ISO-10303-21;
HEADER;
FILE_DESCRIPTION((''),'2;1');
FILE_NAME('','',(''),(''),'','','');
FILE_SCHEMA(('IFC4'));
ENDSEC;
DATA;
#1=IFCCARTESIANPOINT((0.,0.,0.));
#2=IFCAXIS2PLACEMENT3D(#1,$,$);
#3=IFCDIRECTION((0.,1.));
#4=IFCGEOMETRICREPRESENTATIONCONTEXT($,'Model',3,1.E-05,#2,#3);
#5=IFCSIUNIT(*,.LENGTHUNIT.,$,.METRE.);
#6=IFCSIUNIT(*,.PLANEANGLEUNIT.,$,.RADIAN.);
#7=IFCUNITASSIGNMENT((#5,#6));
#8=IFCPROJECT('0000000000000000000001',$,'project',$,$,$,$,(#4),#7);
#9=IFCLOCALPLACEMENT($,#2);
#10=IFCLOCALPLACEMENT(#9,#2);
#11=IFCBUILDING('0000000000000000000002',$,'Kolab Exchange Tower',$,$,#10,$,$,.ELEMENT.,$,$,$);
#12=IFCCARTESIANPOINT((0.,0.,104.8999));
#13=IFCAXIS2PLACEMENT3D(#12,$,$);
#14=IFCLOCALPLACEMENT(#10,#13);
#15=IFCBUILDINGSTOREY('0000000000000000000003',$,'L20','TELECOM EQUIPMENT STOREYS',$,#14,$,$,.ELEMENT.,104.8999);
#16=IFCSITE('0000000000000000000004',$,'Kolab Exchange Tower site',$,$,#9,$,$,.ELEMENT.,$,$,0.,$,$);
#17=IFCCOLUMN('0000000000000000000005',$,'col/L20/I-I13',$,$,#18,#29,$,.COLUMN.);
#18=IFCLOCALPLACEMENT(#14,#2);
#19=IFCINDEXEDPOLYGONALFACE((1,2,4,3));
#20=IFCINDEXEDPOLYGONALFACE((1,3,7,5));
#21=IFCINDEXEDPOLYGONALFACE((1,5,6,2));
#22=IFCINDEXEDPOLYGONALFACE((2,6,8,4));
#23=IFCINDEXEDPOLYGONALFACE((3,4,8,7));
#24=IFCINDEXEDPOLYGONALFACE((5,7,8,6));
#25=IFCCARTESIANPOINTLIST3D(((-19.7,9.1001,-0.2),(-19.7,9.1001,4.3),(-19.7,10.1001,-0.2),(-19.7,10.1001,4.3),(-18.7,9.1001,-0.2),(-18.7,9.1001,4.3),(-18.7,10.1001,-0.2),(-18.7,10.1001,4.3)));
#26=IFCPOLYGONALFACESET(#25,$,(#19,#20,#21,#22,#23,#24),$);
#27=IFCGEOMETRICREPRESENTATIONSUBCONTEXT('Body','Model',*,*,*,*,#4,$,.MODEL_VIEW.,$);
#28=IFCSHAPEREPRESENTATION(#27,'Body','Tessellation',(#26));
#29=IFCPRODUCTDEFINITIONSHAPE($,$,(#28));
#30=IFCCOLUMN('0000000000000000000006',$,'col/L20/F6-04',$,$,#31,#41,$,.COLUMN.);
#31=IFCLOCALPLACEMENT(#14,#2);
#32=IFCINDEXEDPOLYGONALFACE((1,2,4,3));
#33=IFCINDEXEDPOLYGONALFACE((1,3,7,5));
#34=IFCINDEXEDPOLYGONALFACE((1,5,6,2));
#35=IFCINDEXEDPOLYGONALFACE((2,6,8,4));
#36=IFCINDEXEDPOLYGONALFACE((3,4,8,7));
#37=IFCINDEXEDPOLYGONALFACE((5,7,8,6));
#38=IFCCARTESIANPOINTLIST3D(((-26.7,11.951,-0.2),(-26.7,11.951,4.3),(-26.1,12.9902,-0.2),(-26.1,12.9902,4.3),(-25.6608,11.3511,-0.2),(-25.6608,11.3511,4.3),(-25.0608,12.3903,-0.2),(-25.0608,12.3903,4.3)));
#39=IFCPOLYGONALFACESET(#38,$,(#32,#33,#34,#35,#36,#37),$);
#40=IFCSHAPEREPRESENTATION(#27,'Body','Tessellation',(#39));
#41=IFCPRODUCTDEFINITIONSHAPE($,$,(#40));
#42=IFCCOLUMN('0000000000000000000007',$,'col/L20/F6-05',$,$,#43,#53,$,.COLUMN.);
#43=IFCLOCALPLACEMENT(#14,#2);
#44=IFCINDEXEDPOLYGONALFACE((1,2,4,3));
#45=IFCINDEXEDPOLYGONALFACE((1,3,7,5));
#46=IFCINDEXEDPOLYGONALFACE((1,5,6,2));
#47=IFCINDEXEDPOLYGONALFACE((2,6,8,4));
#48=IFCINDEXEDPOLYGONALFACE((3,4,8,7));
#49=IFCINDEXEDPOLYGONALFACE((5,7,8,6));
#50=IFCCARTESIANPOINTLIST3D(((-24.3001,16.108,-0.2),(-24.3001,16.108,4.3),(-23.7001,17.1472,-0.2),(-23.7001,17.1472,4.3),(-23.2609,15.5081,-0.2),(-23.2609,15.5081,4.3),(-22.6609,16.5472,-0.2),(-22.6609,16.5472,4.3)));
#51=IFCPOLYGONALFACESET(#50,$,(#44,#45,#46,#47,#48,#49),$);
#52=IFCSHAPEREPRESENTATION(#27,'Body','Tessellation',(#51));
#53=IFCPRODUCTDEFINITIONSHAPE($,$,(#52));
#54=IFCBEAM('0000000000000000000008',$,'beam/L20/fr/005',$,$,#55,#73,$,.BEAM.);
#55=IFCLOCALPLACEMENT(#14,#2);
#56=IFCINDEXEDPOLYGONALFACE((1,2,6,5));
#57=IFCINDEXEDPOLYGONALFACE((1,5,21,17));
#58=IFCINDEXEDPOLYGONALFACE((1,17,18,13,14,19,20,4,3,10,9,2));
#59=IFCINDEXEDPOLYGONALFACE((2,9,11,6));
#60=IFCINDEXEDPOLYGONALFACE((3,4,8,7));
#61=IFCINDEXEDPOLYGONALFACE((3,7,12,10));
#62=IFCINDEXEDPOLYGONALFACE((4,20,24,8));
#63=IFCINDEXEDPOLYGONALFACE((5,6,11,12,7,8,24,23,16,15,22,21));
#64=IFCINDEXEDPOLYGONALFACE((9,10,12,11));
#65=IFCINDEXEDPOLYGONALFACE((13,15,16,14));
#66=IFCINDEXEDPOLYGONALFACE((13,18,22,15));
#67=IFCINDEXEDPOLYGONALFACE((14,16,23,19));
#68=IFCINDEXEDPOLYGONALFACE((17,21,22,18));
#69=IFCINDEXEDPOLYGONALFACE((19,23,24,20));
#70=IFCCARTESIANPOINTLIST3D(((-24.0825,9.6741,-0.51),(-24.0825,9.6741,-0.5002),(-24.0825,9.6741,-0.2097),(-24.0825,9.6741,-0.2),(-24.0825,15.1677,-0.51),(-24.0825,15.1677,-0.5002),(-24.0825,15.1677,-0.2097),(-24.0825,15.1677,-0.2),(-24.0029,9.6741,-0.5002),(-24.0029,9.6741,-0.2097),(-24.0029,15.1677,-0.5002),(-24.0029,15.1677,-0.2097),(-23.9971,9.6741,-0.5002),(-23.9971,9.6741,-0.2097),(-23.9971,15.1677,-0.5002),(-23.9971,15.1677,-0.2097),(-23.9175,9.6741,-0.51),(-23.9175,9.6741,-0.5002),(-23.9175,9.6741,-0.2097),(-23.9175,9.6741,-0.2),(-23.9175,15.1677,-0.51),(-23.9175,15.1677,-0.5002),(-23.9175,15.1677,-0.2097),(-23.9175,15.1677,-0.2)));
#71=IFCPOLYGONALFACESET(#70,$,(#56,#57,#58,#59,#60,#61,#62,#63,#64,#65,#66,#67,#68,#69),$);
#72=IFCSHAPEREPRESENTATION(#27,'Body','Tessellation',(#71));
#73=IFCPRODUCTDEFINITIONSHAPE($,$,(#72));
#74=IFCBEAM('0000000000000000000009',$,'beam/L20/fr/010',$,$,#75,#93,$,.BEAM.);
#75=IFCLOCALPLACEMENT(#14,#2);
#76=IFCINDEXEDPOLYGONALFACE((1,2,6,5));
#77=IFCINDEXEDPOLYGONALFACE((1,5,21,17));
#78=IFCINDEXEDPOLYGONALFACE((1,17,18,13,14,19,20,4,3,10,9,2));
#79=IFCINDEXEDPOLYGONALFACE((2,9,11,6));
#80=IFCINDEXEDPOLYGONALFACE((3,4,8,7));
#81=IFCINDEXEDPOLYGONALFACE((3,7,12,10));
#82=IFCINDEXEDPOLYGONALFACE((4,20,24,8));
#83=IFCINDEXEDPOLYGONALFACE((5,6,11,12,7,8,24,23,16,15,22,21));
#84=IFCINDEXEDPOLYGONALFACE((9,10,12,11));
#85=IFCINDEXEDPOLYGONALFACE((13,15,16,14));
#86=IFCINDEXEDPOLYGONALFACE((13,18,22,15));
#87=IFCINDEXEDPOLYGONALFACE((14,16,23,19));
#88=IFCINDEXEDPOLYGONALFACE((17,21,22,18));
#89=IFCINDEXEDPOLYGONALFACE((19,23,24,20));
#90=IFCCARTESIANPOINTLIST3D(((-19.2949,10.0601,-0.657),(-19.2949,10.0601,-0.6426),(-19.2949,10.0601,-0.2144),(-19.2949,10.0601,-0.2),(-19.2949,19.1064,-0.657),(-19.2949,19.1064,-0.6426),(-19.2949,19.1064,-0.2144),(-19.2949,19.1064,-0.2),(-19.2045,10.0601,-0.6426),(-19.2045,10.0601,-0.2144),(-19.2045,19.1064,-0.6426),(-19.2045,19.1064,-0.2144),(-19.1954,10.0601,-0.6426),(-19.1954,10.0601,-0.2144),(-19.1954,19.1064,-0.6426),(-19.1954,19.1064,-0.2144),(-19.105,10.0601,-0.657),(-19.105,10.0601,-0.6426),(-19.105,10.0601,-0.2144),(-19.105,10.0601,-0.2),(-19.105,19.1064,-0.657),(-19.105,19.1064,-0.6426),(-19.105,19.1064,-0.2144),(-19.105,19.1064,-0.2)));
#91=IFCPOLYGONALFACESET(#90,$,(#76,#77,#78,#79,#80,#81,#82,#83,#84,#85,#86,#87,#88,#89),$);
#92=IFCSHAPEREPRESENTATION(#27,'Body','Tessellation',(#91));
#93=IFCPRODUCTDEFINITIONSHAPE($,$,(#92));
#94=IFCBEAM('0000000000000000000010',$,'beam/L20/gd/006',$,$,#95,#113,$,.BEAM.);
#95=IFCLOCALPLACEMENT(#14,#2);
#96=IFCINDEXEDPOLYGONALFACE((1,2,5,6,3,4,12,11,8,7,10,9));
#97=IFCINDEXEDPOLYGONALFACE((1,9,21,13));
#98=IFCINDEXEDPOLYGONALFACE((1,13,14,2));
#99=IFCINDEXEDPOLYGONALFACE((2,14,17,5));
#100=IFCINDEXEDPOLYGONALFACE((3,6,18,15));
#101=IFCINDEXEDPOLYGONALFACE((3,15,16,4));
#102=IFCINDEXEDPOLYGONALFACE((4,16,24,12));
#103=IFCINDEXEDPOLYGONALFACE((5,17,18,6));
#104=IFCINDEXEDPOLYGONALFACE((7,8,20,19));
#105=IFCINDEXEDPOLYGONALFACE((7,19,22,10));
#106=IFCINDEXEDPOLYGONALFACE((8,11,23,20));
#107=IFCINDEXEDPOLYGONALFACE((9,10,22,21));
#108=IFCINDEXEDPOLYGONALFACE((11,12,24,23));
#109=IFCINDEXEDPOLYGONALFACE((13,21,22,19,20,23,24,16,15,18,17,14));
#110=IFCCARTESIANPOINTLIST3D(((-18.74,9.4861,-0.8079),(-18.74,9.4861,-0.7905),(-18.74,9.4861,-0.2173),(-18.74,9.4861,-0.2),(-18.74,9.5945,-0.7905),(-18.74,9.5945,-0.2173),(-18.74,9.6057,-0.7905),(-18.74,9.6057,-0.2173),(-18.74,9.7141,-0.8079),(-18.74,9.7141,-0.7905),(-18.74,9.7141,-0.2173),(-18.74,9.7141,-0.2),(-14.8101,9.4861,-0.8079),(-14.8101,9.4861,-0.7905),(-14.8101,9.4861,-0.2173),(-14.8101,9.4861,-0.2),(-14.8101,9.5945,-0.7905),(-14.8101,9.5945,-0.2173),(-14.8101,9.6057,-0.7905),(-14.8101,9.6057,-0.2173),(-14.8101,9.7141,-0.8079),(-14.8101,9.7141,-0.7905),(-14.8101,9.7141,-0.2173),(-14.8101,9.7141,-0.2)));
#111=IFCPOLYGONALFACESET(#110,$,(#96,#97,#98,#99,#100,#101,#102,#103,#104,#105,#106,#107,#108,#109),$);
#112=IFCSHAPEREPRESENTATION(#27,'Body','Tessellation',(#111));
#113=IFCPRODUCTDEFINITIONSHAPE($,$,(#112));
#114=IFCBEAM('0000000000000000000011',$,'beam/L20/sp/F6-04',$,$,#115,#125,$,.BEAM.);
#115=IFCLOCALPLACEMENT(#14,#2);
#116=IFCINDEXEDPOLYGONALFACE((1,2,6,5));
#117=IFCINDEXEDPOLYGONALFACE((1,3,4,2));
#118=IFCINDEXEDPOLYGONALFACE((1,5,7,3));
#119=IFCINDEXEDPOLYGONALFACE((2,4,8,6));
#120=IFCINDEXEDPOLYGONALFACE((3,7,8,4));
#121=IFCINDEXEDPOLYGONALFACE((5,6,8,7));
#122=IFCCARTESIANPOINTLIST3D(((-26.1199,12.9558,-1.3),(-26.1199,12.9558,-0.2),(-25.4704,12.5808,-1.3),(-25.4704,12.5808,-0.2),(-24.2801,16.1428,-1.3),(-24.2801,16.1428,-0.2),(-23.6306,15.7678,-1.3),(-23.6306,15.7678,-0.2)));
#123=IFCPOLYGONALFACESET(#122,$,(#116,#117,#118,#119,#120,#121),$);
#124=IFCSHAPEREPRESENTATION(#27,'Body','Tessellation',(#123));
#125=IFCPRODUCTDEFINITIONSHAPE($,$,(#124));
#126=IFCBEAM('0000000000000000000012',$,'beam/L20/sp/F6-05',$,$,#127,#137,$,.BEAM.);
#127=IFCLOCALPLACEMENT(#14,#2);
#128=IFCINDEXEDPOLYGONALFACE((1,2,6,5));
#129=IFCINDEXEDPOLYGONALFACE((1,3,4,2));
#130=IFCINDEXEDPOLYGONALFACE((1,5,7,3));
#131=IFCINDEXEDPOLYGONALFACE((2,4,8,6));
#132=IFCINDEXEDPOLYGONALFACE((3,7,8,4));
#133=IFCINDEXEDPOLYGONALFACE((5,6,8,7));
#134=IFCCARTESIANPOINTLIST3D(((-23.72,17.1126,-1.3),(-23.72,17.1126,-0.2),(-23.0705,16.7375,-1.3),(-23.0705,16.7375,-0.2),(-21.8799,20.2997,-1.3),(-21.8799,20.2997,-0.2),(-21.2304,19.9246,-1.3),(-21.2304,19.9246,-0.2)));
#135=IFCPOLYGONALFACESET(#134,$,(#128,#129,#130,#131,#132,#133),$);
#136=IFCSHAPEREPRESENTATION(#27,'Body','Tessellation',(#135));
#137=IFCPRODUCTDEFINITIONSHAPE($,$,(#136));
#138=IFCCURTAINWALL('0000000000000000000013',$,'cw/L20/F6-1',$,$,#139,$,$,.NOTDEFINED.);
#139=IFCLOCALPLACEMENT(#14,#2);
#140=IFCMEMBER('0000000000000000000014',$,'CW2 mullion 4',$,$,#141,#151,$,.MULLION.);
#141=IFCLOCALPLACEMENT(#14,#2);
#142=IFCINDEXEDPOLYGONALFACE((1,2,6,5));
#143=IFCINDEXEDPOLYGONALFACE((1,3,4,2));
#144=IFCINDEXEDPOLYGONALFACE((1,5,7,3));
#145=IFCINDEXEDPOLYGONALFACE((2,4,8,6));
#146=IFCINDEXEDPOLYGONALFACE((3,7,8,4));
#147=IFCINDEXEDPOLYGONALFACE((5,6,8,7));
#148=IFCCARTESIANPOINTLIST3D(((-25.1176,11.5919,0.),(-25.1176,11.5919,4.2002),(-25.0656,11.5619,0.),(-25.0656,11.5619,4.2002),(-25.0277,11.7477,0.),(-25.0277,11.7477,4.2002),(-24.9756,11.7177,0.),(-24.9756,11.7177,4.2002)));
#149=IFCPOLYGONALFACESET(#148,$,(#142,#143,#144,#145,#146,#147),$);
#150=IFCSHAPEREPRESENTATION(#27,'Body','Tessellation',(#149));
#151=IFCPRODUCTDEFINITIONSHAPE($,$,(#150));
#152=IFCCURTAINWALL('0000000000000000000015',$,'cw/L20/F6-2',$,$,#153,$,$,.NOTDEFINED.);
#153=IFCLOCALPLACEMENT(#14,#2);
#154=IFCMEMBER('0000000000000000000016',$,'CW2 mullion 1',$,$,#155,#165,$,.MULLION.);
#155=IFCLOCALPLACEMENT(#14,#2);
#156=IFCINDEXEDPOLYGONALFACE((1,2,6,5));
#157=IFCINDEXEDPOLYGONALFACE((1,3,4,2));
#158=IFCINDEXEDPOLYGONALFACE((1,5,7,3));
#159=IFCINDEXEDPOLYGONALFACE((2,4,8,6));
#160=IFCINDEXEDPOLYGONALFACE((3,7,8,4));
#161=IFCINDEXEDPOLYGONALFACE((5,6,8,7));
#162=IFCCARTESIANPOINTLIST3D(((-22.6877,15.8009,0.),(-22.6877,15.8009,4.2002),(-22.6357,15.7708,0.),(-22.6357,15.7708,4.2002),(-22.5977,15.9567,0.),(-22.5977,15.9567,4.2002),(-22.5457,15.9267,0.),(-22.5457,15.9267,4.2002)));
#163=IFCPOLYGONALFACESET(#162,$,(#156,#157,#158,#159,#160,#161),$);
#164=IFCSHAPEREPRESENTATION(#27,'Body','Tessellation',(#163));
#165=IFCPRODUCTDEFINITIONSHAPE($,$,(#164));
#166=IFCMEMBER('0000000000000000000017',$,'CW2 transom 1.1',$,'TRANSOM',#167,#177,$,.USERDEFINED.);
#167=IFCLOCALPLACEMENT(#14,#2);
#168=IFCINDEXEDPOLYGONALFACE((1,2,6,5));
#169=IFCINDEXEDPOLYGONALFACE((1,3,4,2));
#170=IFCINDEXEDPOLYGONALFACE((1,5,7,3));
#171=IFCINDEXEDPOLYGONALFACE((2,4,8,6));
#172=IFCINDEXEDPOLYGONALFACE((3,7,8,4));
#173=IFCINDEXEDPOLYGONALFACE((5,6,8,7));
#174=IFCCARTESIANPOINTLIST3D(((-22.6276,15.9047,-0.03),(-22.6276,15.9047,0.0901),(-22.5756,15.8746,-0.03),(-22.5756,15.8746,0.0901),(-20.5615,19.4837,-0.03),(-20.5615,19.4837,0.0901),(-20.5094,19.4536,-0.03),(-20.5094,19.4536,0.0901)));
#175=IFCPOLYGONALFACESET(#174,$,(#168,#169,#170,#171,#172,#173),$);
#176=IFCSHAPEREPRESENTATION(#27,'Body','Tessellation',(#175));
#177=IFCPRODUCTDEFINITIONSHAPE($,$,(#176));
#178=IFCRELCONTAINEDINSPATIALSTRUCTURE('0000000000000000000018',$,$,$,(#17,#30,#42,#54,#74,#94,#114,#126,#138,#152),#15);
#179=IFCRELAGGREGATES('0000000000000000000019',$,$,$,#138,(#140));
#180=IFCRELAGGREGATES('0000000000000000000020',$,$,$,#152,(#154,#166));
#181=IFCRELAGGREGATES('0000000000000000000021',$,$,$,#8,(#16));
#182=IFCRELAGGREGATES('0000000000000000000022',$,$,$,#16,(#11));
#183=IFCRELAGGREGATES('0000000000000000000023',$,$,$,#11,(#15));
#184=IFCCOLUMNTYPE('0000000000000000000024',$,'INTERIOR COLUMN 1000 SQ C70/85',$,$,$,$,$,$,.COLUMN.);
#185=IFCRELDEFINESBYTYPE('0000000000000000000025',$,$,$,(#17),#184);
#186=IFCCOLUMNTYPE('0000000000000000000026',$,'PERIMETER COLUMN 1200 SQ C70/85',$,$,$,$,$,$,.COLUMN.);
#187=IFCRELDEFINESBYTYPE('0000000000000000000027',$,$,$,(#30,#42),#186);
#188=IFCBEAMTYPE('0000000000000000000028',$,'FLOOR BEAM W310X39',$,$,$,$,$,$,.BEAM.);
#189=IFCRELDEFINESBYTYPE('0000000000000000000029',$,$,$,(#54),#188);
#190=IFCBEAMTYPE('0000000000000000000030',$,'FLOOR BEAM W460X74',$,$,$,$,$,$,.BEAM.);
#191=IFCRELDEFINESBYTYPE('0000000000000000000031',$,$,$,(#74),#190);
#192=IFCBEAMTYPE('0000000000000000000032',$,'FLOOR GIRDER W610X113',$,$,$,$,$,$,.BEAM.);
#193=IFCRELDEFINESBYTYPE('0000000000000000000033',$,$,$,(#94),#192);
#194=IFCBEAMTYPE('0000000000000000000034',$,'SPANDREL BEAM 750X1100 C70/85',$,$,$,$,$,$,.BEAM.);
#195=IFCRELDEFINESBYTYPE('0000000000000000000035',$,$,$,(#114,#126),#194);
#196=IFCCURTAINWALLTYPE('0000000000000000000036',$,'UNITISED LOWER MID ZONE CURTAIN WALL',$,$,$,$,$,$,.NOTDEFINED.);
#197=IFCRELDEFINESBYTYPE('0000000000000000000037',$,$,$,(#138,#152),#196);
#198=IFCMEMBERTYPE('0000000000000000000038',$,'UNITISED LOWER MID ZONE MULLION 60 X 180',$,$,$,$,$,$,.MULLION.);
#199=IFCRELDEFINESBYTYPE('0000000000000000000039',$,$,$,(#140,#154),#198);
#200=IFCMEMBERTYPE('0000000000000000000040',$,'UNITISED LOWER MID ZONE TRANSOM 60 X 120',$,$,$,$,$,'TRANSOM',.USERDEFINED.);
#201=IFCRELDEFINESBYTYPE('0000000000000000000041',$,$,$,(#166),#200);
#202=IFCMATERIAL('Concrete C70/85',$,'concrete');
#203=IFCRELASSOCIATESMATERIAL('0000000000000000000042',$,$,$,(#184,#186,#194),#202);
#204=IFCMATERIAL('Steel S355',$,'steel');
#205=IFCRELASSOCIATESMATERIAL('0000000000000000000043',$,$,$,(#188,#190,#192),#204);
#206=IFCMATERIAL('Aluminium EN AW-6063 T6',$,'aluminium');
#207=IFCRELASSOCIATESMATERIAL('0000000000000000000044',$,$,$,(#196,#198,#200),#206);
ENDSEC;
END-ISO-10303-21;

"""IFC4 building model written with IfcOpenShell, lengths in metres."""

from ifc_helpers import new_model, si_unit, direction, frame, origin, origin_2d, place, context, subcontext, project, spatial, rectangle, i_section, extrude, material, material_profile, profile_set, type_object, element, aggregate, save


model = new_model("IFC4")

# Units and contexts
model_context = context("Model", 3, precision=1e-05, world=origin(), true_north=direction((0.0, 1.0)))
body_context = subcontext(model_context, "Body", "Model", "MODEL_VIEW")
ifc_project = project(units=[si_unit("LENGTHUNIT", "METRE"), si_unit("PLANEANGLEUNIT", "RADIAN")], contexts=[model_context])

# Site, building, storey
site_placement = place(None, origin())
site = spatial("IfcSite", under=ifc_project, at=site_placement, Name="Kolab Exchange Tower site", CompositionType="ELEMENT", RefElevation=0.0)
building_placement = place(site_placement, origin())
building = spatial("IfcBuilding", under=site, at=building_placement, Name="Kolab Exchange Tower", CompositionType="ELEMENT")
storey_placement = place(building_placement, frame((0.0, 0.0, 104.8999)))
storey = spatial("IfcBuildingStorey", under=building, at=storey_placement, Name="L20", Description="TELECOM EQUIPMENT STOREYS", CompositionType="ELEMENT", Elevation=104.8999)

# Columns
ifc_material_1 = material(Name="Concrete C70/85", Category="concrete")
ifc_material_profile_1 = material_profile(ifc_material_1, rectangle(XDim=1.0, YDim=1.0, at=origin_2d()), Name="RC1000")
ifc_profile_set_1 = profile_set([ifc_material_profile_1], Name="Concrete C70/85")
column_type_1 = type_object("IfcColumnType", Name="INTERIOR COLUMN 1000 SQ C70/85", PredefinedType="COLUMN", material=ifc_profile_set_1)
column_placement = place(storey_placement, frame((-19.2, 9.6001, -0.2), z_axis=(0.0, 0.0, 1.0), x_axis=(1.0, 0.0, 0.0)))
element("IfcColumn", 1, at=column_placement, inside=storey, type_object=column_type_1, Name="col/L20/I-I13", PredefinedType="COLUMN", context=body_context, shape_type="SweptSolid", body=[
    extrude(rectangle(XDim=1.0, YDim=1.0, at=origin_2d()), origin(), (0.0, 0.0, 1.0), 4.5),
])
ifc_material_profile_2 = material_profile(ifc_material_1, rectangle(XDim=1.2, YDim=1.2, at=origin_2d()), Name="RC1200")
ifc_profile_set_2 = profile_set([ifc_material_profile_2], Name="Concrete C70/85")
column_type_2 = type_object("IfcColumnType", Name="PERIMETER COLUMN 1200 SQ C70/85", PredefinedType="COLUMN", material=ifc_profile_set_2)
for number, where, z_axis, x_axis, name in (
    (2, (-25.8804, 12.1707, -0.2), (0.0, 0.0, 1.0), (0.5, 0.866025, 0.0), "col/L20/F6-04"),
    (3, (-23.4805, 16.3276, -0.2), (0.0, 0.0, 1.0), (0.5, 0.866025, 0.0), "col/L20/F6-05"),
):
    element("IfcColumn", number, at=place(storey_placement, frame(where, z_axis=z_axis, x_axis=x_axis)), inside=storey, type_object=column_type_2, Name=name, PredefinedType="COLUMN", context=body_context, shape_type="SweptSolid", body=[
        extrude(rectangle(XDim=1.2, YDim=1.2, at=origin_2d()), origin(), (0.0, 0.0, 1.0), 4.5),
    ])

# Beams
ifc_material_2 = material(Name="Steel S355", Category="steel")
ifc_material_profile_3 = material_profile(ifc_material_2, i_section(OverallWidth=0.165, OverallDepth=0.3101, WebThickness=0.0059, FlangeThickness=0.0098, at=origin_2d()), Name="W310X39")
ifc_profile_set_3 = profile_set([ifc_material_profile_3], Name="Steel S355")
beam_type_1 = type_object("IfcBeamType", Name="FLOOR BEAM W310X39", PredefinedType="BEAM", material=ifc_profile_set_3)
beam_1_placement = place(storey_placement, frame((-24.0, 9.6741, -0.355), z_axis=(0.0, 1.0, 0.0), x_axis=(-1.0, 0.0, 0.0)))
element("IfcBeam", 4, at=beam_1_placement, inside=storey, type_object=beam_type_1, Name="beam/L20/fr/005", PredefinedType="BEAM", context=body_context, shape_type="SweptSolid", body=[
    extrude(i_section(OverallWidth=0.165, OverallDepth=0.3101, WebThickness=0.0059, FlangeThickness=0.0098, at=origin_2d()), origin(), (0.0, 0.0, 1.0), 5.4937),
])
ifc_material_profile_4 = material_profile(ifc_material_2, i_section(OverallWidth=0.1899, OverallDepth=0.457, WebThickness=0.009, FlangeThickness=0.0144, at=origin_2d()), Name="W460X74")
ifc_profile_set_4 = profile_set([ifc_material_profile_4], Name="Steel S355")
beam_type_2 = type_object("IfcBeamType", Name="FLOOR BEAM W460X74", PredefinedType="BEAM", material=ifc_profile_set_4)
beam_2_placement = place(storey_placement, frame((-19.2, 10.0601, -0.4285), z_axis=(0.0, 1.0, 0.0), x_axis=(-1.0, 0.0, 0.0)))
element("IfcBeam", 5, at=beam_2_placement, inside=storey, type_object=beam_type_2, Name="beam/L20/fr/010", PredefinedType="BEAM", context=body_context, shape_type="SweptSolid", body=[
    extrude(i_section(OverallWidth=0.1899, OverallDepth=0.457, WebThickness=0.009, FlangeThickness=0.0144, at=origin_2d()), origin(), (0.0, 0.0, 1.0), 9.0464),
])
ifc_material_profile_5 = material_profile(ifc_material_2, i_section(OverallWidth=0.228, OverallDepth=0.6079, WebThickness=0.0112, FlangeThickness=0.0173, at=origin_2d()), Name="W610X113")
ifc_profile_set_5 = profile_set([ifc_material_profile_5], Name="Steel S355")
beam_type_3 = type_object("IfcBeamType", Name="FLOOR GIRDER W610X113", PredefinedType="BEAM", material=ifc_profile_set_5)
beam_3_placement = place(storey_placement, frame((-18.74, 9.6001, -0.5039), z_axis=(1.0, 0.0, 0.0), x_axis=(0.0, 1.0, 0.0)))
element("IfcBeam", 6, at=beam_3_placement, inside=storey, type_object=beam_type_3, Name="beam/L20/gd/006", PredefinedType="BEAM", context=body_context, shape_type="SweptSolid", body=[
    extrude(i_section(OverallWidth=0.228, OverallDepth=0.6079, WebThickness=0.0112, FlangeThickness=0.0173, at=origin_2d()), origin(), (0.0, 0.0, 1.0), 3.9299),
])
ifc_material_profile_6 = material_profile(ifc_material_1, rectangle(XDim=0.75, YDim=1.1001, at=origin_2d()), Name="RC750X1100")
ifc_profile_set_6 = profile_set([ifc_material_profile_6], Name="Concrete C70/85")
beam_type_4 = type_object("IfcBeamType", Name="SPANDREL BEAM 750X1100 C70/85", PredefinedType="BEAM", material=ifc_profile_set_6)
beam_4_placement = place(storey_placement, frame((-25.7952, 12.7683, -0.75), z_axis=(0.499964, 0.866046, 0.0), x_axis=(-0.866046, 0.499964, 0.0)))
element("IfcBeam", 7, at=beam_4_placement, inside=storey, type_object=beam_type_4, Name="beam/L20/sp/F6-04", PredefinedType="BEAM", context=body_context, shape_type="SweptSolid", body=[
    extrude(rectangle(XDim=0.75, YDim=1.1001, at=origin_2d()), origin(), (0.0, 0.0, 1.0), 3.6799),
])
beam_5_placement = place(storey_placement, frame((-23.3953, 16.925, -0.75), z_axis=(0.500013, 0.866018, 0.0), x_axis=(-0.866018, 0.500013, 0.0)))
element("IfcBeam", 8, at=beam_5_placement, inside=storey, type_object=beam_type_4, Name="beam/L20/sp/F6-05", PredefinedType="BEAM", context=body_context, shape_type="SweptSolid", body=[
    extrude(rectangle(XDim=0.75, YDim=1.1001, at=origin_2d()), origin(), (0.0, 0.0, 1.0), 3.6802),
])

# Curtain wall, member
ifc_material_3 = material(Name="Aluminium EN AW-6063 T6", Category="aluminium")
curtain_wall_type = type_object("IfcCurtainWallType", Name="UNITISED LOWER MID ZONE CURTAIN WALL", PredefinedType="NOTDEFINED", material=ifc_material_3)
curtain_wall_1_placement = place(storey_placement, origin())
curtain_wall_1 = element("IfcCurtainWall", 9, at=curtain_wall_1_placement, inside=storey, type_object=curtain_wall_type, Name="cw/L20/F6-1", PredefinedType="NOTDEFINED")
ifc_material_profile_7 = material_profile(ifc_material_3, rectangle(XDim=0.0601, YDim=0.1799, at=origin_2d()), Name="RECT 60X180")
ifc_profile_set_7 = profile_set([ifc_material_profile_7], Name="Aluminium EN AW-6063 T6")
member_type_1 = type_object("IfcMemberType", Name="UNITISED LOWER MID ZONE MULLION 60 X 180", PredefinedType="MULLION", material=ifc_profile_set_7)
member_1_placement = place(storey_placement, frame((-25.0466, 11.6548, 0.0), z_axis=(0.0, 0.0, 1.0), x_axis=(-0.866025, 0.5, 0.0)))
member_1 = element("IfcMember", 10, at=member_1_placement, type_object=member_type_1, Name="CW2 mullion 4", PredefinedType="MULLION", context=body_context, shape_type="SweptSolid", body=[
    extrude(rectangle(XDim=0.0601, YDim=0.1799, at=origin_2d()), origin(), (0.0, 0.0, 1.0), 4.2002),
])

# Curtain wall, members
curtain_wall_2_placement = place(storey_placement, origin())
curtain_wall_2 = element("IfcCurtainWall", 11, at=curtain_wall_2_placement, inside=storey, type_object=curtain_wall_type, Name="cw/L20/F6-2", PredefinedType="NOTDEFINED")
member_2_placement = place(storey_placement, frame((-22.6167, 15.8638, 0.0), z_axis=(0.0, 0.0, 1.0), x_axis=(-0.866025, 0.5, 0.0)))
member_2 = element("IfcMember", 12, at=member_2_placement, type_object=member_type_1, Name="CW2 mullion 1", PredefinedType="MULLION", context=body_context, shape_type="SweptSolid", body=[
    extrude(rectangle(XDim=0.0601, YDim=0.1799, at=origin_2d()), origin(), (0.0, 0.0, 1.0), 4.2002),
])
ifc_material_profile_8 = material_profile(ifc_material_3, rectangle(XDim=0.0601, YDim=0.1201, at=origin_2d()), Name="RECT 60X120")
ifc_profile_set_8 = profile_set([ifc_material_profile_8], Name="Aluminium EN AW-6063 T6")
member_type_2 = type_object("IfcMemberType", Name="UNITISED LOWER MID ZONE TRANSOM 60 X 120", ElementType="TRANSOM", PredefinedType="USERDEFINED", material=ifc_profile_set_8)
member_3_placement = place(storey_placement, frame((-22.6016, 15.8896, 0.03), z_axis=(0.499958, 0.86605, 0.0), x_axis=(-0.86605, 0.499958, 0.0)))
member_3 = element("IfcMember", 13, at=member_3_placement, type_object=member_type_2, Name="CW2 transom 1.1", ObjectType="TRANSOM", PredefinedType="USERDEFINED", context=body_context, shape_type="SweptSolid", body=[
    extrude(rectangle(XDim=0.0601, YDim=0.1201, at=origin_2d()), origin(), (0.0, 0.0, 1.0), 4.1326),
])

aggregate(curtain_wall_1, [member_1])
aggregate(curtain_wall_2, [member_2, member_3])

save(model, "model.ifc")
